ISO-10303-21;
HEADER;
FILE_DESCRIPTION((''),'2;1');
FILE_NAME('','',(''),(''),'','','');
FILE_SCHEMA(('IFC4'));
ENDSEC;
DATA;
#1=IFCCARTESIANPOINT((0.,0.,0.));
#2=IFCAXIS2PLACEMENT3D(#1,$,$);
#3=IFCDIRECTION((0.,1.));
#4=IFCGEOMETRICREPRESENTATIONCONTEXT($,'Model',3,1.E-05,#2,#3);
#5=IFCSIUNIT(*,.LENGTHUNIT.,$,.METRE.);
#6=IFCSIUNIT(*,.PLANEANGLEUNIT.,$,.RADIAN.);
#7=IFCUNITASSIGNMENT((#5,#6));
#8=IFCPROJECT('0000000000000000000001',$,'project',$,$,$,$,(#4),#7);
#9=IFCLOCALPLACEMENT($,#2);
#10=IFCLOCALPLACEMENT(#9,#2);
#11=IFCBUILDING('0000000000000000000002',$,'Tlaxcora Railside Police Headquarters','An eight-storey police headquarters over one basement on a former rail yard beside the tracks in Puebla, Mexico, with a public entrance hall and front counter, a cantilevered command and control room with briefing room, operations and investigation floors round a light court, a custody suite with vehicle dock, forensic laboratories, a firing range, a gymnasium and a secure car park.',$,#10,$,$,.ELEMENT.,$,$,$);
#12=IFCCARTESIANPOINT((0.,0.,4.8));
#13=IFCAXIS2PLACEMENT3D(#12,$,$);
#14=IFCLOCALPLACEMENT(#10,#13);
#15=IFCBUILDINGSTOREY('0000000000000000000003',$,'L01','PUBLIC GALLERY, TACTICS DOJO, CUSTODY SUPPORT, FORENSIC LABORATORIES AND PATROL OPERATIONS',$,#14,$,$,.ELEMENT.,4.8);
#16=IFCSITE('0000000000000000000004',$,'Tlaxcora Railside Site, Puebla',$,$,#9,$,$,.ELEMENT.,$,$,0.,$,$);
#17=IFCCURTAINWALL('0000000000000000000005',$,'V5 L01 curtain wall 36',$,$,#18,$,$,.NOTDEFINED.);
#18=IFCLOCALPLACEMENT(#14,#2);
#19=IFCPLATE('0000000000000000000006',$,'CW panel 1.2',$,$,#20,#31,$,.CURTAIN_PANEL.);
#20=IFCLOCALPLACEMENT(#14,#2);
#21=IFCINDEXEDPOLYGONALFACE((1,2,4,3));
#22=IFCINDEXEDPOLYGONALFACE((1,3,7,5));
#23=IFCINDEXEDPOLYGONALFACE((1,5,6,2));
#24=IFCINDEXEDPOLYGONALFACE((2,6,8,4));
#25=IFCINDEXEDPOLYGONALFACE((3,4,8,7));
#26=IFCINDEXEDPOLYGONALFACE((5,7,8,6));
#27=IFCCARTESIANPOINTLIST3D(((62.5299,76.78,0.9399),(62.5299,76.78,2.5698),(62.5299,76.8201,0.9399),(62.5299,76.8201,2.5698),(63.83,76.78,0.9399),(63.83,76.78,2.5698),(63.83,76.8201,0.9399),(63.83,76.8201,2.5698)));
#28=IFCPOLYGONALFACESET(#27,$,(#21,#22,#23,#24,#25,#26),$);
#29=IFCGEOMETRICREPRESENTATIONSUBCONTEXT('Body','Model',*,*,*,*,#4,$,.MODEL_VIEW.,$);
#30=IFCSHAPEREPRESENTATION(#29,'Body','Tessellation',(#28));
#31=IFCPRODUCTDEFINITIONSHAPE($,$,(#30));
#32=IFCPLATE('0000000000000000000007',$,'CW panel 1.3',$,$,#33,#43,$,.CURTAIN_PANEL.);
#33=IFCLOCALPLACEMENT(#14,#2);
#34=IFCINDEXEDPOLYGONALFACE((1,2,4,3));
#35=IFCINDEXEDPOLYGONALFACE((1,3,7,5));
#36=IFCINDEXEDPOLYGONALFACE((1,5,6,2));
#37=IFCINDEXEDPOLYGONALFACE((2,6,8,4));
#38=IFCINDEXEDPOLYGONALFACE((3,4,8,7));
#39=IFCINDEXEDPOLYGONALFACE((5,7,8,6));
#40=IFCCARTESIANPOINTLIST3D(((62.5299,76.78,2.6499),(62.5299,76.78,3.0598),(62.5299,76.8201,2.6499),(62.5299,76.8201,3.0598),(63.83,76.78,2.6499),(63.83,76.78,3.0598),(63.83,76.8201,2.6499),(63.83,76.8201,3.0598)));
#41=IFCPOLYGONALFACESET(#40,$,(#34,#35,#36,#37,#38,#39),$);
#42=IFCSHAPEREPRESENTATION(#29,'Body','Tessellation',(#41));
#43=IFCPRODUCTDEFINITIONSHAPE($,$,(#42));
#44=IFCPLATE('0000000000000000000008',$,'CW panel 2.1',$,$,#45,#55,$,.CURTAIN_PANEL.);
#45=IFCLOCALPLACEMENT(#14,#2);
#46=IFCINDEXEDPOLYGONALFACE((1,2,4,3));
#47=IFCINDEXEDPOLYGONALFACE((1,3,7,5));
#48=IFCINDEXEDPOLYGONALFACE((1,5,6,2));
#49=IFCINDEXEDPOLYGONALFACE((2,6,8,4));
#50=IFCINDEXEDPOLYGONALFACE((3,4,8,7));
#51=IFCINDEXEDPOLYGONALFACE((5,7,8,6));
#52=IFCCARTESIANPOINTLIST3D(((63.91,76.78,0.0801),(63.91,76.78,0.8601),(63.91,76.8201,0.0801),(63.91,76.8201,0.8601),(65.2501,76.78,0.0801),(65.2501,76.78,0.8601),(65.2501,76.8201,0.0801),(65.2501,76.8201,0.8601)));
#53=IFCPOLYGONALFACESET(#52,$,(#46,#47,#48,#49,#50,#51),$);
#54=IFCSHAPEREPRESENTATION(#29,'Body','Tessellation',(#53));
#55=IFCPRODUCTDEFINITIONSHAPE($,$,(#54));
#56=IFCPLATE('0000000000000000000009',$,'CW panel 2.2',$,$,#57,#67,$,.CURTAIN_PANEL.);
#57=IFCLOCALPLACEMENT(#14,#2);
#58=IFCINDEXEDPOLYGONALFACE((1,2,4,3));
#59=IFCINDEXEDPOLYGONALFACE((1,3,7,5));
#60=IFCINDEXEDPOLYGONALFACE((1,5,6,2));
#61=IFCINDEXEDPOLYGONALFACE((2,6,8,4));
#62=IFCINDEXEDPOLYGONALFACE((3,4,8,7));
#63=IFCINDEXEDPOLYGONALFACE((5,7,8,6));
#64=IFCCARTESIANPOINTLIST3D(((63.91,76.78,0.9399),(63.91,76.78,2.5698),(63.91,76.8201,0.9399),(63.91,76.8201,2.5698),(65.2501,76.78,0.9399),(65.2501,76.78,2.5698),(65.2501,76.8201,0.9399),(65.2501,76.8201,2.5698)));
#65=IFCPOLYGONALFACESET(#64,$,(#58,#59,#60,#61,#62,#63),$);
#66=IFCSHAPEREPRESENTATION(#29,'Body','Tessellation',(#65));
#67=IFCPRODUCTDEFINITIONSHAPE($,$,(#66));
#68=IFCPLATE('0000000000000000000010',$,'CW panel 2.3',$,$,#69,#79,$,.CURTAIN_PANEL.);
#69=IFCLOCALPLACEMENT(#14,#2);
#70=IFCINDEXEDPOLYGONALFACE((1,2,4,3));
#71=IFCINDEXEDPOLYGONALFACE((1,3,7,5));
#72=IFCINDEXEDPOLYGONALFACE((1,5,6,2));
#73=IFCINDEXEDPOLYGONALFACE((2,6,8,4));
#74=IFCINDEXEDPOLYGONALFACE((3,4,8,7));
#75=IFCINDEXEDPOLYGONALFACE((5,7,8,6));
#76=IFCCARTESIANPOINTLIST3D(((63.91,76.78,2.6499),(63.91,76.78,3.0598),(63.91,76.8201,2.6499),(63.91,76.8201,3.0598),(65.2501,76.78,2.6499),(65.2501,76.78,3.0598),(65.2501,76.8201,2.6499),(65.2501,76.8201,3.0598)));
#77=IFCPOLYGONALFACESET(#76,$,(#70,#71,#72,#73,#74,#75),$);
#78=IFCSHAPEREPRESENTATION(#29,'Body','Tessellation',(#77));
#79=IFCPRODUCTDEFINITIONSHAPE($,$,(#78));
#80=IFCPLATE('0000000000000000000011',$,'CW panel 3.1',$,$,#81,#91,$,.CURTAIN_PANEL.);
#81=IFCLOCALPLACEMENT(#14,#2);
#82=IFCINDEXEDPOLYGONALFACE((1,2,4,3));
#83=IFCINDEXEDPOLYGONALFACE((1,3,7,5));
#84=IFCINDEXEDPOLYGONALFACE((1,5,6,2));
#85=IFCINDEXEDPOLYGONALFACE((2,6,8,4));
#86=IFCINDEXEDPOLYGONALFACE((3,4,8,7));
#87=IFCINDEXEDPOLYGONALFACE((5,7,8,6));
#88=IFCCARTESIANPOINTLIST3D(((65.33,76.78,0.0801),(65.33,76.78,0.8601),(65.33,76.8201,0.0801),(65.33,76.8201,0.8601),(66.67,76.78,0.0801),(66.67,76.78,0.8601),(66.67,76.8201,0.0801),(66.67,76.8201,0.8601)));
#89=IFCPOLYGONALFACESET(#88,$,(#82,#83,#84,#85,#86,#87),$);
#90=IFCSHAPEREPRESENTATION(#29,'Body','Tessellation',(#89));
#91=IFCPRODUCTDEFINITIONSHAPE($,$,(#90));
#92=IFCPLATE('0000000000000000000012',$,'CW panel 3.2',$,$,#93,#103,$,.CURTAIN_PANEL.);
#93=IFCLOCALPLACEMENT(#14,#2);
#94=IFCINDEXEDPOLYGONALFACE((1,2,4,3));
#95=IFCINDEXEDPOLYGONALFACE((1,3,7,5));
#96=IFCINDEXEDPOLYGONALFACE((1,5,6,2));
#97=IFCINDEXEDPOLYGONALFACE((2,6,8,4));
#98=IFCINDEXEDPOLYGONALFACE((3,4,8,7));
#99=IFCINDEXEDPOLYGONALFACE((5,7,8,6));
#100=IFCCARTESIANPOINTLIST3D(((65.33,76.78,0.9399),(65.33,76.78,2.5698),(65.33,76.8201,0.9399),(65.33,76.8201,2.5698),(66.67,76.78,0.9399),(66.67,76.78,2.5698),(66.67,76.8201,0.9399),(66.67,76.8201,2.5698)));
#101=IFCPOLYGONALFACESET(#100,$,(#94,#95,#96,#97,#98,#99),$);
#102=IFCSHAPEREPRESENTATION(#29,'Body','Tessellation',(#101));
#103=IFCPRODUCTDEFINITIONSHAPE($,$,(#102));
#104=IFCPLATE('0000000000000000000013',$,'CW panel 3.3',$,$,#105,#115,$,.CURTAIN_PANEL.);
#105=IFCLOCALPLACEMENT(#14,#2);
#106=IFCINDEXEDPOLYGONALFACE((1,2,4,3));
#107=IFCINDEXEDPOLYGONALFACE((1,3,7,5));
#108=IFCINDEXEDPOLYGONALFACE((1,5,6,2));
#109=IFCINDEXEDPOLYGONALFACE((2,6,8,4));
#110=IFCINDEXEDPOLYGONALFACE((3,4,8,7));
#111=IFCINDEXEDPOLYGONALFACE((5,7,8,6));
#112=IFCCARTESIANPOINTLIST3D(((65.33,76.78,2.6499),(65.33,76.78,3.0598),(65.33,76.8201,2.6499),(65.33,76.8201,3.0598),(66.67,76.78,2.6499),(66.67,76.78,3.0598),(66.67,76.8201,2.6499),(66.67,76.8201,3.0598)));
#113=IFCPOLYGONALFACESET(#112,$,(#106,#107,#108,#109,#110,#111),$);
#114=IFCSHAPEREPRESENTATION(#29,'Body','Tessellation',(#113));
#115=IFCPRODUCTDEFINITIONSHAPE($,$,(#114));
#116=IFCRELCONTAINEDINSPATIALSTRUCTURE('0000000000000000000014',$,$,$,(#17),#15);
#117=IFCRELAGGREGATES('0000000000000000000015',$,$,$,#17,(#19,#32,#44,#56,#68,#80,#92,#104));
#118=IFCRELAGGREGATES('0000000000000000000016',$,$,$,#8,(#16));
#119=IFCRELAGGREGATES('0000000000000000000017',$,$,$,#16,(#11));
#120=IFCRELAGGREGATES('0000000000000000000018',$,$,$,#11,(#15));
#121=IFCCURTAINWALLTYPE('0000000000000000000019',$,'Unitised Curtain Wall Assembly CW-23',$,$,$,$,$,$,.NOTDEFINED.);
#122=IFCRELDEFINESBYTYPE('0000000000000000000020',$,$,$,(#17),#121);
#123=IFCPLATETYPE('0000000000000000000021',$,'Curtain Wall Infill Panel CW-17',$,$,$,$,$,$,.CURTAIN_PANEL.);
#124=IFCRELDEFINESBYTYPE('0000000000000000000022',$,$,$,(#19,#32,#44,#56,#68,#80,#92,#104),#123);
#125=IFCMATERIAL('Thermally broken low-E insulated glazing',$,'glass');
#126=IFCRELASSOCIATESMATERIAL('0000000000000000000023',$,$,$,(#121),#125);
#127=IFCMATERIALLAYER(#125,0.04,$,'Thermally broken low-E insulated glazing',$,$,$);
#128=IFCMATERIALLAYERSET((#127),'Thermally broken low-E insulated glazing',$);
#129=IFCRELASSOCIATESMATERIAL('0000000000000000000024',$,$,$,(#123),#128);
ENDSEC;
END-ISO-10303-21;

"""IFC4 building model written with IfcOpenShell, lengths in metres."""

from ifc_helpers import new_model, si_unit, direction, frame, origin, origin_2d, place, context, subcontext, project, spatial, rectangle, extrude, material, layer, layer_set, type_object, element, aggregate, save


model = new_model("IFC4")

# Units and contexts
model_context = context("Model", 3, precision=1e-05, world=origin(), true_north=direction((0.0, 1.0)))
body_context = subcontext(model_context, "Body", "Model", "MODEL_VIEW")
ifc_project = project(units=[si_unit("LENGTHUNIT", "METRE"), si_unit("PLANEANGLEUNIT", "RADIAN")], contexts=[model_context])

# Site, building, storey
site_placement = place(None, origin())
site = spatial("IfcSite", under=ifc_project, at=site_placement, Name="Tlaxcora Railside Site, Puebla", CompositionType="ELEMENT", RefElevation=0.0)
building_placement = place(site_placement, origin())
building = spatial("IfcBuilding", under=site, at=building_placement, Name="Tlaxcora Railside Police Headquarters", Description="An eight-storey police headquarters over one basement on a former rail yard beside the tracks in Puebla, Mexico, with a public entrance hall and front counter, a cantilevered command and control room with briefing room, operations and investigation floors round a light court, a custody suite with vehicle dock, forensic laboratories, a firing range, a gymnasium and a secure car park.", CompositionType="ELEMENT")
storey_placement = place(building_placement, frame((0.0, 0.0, 4.8)))
storey = spatial("IfcBuildingStorey", under=building, at=storey_placement, Name="L01", Description="PUBLIC GALLERY, TACTICS DOJO, CUSTODY SUPPORT, FORENSIC LABORATORIES AND PATROL OPERATIONS", CompositionType="ELEMENT", Elevation=4.8)

# Curtain wall, plates
ifc_material_1 = material(Name="Thermally broken low-E insulated glazing", Category="glass")
curtain_wall_type = type_object("IfcCurtainWallType", Name="Unitised Curtain Wall Assembly CW-23", PredefinedType="NOTDEFINED", material=ifc_material_1)
curtain_wall_placement = place(storey_placement, origin())
curtain_wall = element("IfcCurtainWall", 1, at=curtain_wall_placement, inside=storey, type_object=curtain_wall_type, Name="V5 L01 curtain wall 36", PredefinedType="NOTDEFINED")
ifc_layer = layer(ifc_material_1, 0.04, Name="Thermally broken low-E insulated glazing")
ifc_layer_set = layer_set([ifc_layer], Name="Thermally broken low-E insulated glazing")
plate_type = type_object("IfcPlateType", Name="Curtain Wall Infill Panel CW-17", PredefinedType="CURTAIN_PANEL", material=ifc_layer_set)
plate_1_placement = place(storey_placement, frame((63.1799, 76.8, 0.9399), z_axis=(0.0, 0.0, 1.0), x_axis=(1.0, 0.0, 0.0)))
plate_1 = element("IfcPlate", 2, at=plate_1_placement, type_object=plate_type, Name="CW panel 1.2", PredefinedType="CURTAIN_PANEL", context=body_context, shape_type="SweptSolid", body=[
    extrude(rectangle(XDim=1.3, YDim=0.04, at=origin_2d()), origin(), (0.0, 0.0, 1.0), 1.6299),
])
plate_2_placement = place(storey_placement, frame((63.1799, 76.8, 2.6499), z_axis=(0.0, 0.0, 1.0), x_axis=(1.0, 0.0, 0.0)))
plate_2 = element("IfcPlate", 3, at=plate_2_placement, type_object=plate_type, Name="CW panel 1.3", PredefinedType="CURTAIN_PANEL", context=body_context, shape_type="SweptSolid", body=[
    extrude(rectangle(XDim=1.3, YDim=0.04, at=origin_2d()), origin(), (0.0, 0.0, 1.0), 0.4099),
])
plate_3_placement = place(storey_placement, frame((64.5801, 76.8, 0.0801), z_axis=(0.0, 0.0, 1.0), x_axis=(1.0, 0.0, 0.0)))
plate_3 = element("IfcPlate", 4, at=plate_3_placement, type_object=plate_type, Name="CW panel 2.1", PredefinedType="CURTAIN_PANEL", context=body_context, shape_type="SweptSolid", body=[
    extrude(rectangle(XDim=1.3401, YDim=0.04, at=origin_2d()), origin(), (0.0, 0.0, 1.0), 0.78),
])
plate_4_placement = place(storey_placement, frame((64.5801, 76.8, 0.9399), z_axis=(0.0, 0.0, 1.0), x_axis=(1.0, 0.0, 0.0)))
plate_4 = element("IfcPlate", 5, at=plate_4_placement, type_object=plate_type, Name="CW panel 2.2", PredefinedType="CURTAIN_PANEL", context=body_context, shape_type="SweptSolid", body=[
    extrude(rectangle(XDim=1.3401, YDim=0.04, at=origin_2d()), origin(), (0.0, 0.0, 1.0), 1.6299),
])
plate_5_placement = place(storey_placement, frame((64.5801, 76.8, 2.6499), z_axis=(0.0, 0.0, 1.0), x_axis=(1.0, 0.0, 0.0)))
plate_5 = element("IfcPlate", 6, at=plate_5_placement, type_object=plate_type, Name="CW panel 2.3", PredefinedType="CURTAIN_PANEL", context=body_context, shape_type="SweptSolid", body=[
    extrude(rectangle(XDim=1.3401, YDim=0.04, at=origin_2d()), origin(), (0.0, 0.0, 1.0), 0.4099),
])
plate_6_placement = place(storey_placement, frame((66.0, 76.8, 0.0801), z_axis=(0.0, 0.0, 1.0), x_axis=(1.0, 0.0, 0.0)))
plate_6 = element("IfcPlate", 7, at=plate_6_placement, type_object=plate_type, Name="CW panel 3.1", PredefinedType="CURTAIN_PANEL", context=body_context, shape_type="SweptSolid", body=[
    extrude(rectangle(XDim=1.3401, YDim=0.04, at=origin_2d()), origin(), (0.0, 0.0, 1.0), 0.78),
])
plate_7_placement = place(storey_placement, frame((66.0, 76.8, 0.9399), z_axis=(0.0, 0.0, 1.0), x_axis=(1.0, 0.0, 0.0)))
plate_7 = element("IfcPlate", 8, at=plate_7_placement, type_object=plate_type, Name="CW panel 3.2", PredefinedType="CURTAIN_PANEL", context=body_context, shape_type="SweptSolid", body=[
    extrude(rectangle(XDim=1.3401, YDim=0.04, at=origin_2d()), origin(), (0.0, 0.0, 1.0), 1.6299),
])
plate_8_placement = place(storey_placement, frame((66.0, 76.8, 2.6499), z_axis=(0.0, 0.0, 1.0), x_axis=(1.0, 0.0, 0.0)))
plate_8 = element("IfcPlate", 9, at=plate_8_placement, type_object=plate_type, Name="CW panel 3.3", PredefinedType="CURTAIN_PANEL", context=body_context, shape_type="SweptSolid", body=[
    extrude(rectangle(XDim=1.3401, YDim=0.04, at=origin_2d()), origin(), (0.0, 0.0, 1.0), 0.4099),
])
aggregate(curtain_wall, [plate_1, plate_2, plate_3, plate_4, plate_5, plate_6, plate_7, plate_8])

save(model, "model.ifc")
